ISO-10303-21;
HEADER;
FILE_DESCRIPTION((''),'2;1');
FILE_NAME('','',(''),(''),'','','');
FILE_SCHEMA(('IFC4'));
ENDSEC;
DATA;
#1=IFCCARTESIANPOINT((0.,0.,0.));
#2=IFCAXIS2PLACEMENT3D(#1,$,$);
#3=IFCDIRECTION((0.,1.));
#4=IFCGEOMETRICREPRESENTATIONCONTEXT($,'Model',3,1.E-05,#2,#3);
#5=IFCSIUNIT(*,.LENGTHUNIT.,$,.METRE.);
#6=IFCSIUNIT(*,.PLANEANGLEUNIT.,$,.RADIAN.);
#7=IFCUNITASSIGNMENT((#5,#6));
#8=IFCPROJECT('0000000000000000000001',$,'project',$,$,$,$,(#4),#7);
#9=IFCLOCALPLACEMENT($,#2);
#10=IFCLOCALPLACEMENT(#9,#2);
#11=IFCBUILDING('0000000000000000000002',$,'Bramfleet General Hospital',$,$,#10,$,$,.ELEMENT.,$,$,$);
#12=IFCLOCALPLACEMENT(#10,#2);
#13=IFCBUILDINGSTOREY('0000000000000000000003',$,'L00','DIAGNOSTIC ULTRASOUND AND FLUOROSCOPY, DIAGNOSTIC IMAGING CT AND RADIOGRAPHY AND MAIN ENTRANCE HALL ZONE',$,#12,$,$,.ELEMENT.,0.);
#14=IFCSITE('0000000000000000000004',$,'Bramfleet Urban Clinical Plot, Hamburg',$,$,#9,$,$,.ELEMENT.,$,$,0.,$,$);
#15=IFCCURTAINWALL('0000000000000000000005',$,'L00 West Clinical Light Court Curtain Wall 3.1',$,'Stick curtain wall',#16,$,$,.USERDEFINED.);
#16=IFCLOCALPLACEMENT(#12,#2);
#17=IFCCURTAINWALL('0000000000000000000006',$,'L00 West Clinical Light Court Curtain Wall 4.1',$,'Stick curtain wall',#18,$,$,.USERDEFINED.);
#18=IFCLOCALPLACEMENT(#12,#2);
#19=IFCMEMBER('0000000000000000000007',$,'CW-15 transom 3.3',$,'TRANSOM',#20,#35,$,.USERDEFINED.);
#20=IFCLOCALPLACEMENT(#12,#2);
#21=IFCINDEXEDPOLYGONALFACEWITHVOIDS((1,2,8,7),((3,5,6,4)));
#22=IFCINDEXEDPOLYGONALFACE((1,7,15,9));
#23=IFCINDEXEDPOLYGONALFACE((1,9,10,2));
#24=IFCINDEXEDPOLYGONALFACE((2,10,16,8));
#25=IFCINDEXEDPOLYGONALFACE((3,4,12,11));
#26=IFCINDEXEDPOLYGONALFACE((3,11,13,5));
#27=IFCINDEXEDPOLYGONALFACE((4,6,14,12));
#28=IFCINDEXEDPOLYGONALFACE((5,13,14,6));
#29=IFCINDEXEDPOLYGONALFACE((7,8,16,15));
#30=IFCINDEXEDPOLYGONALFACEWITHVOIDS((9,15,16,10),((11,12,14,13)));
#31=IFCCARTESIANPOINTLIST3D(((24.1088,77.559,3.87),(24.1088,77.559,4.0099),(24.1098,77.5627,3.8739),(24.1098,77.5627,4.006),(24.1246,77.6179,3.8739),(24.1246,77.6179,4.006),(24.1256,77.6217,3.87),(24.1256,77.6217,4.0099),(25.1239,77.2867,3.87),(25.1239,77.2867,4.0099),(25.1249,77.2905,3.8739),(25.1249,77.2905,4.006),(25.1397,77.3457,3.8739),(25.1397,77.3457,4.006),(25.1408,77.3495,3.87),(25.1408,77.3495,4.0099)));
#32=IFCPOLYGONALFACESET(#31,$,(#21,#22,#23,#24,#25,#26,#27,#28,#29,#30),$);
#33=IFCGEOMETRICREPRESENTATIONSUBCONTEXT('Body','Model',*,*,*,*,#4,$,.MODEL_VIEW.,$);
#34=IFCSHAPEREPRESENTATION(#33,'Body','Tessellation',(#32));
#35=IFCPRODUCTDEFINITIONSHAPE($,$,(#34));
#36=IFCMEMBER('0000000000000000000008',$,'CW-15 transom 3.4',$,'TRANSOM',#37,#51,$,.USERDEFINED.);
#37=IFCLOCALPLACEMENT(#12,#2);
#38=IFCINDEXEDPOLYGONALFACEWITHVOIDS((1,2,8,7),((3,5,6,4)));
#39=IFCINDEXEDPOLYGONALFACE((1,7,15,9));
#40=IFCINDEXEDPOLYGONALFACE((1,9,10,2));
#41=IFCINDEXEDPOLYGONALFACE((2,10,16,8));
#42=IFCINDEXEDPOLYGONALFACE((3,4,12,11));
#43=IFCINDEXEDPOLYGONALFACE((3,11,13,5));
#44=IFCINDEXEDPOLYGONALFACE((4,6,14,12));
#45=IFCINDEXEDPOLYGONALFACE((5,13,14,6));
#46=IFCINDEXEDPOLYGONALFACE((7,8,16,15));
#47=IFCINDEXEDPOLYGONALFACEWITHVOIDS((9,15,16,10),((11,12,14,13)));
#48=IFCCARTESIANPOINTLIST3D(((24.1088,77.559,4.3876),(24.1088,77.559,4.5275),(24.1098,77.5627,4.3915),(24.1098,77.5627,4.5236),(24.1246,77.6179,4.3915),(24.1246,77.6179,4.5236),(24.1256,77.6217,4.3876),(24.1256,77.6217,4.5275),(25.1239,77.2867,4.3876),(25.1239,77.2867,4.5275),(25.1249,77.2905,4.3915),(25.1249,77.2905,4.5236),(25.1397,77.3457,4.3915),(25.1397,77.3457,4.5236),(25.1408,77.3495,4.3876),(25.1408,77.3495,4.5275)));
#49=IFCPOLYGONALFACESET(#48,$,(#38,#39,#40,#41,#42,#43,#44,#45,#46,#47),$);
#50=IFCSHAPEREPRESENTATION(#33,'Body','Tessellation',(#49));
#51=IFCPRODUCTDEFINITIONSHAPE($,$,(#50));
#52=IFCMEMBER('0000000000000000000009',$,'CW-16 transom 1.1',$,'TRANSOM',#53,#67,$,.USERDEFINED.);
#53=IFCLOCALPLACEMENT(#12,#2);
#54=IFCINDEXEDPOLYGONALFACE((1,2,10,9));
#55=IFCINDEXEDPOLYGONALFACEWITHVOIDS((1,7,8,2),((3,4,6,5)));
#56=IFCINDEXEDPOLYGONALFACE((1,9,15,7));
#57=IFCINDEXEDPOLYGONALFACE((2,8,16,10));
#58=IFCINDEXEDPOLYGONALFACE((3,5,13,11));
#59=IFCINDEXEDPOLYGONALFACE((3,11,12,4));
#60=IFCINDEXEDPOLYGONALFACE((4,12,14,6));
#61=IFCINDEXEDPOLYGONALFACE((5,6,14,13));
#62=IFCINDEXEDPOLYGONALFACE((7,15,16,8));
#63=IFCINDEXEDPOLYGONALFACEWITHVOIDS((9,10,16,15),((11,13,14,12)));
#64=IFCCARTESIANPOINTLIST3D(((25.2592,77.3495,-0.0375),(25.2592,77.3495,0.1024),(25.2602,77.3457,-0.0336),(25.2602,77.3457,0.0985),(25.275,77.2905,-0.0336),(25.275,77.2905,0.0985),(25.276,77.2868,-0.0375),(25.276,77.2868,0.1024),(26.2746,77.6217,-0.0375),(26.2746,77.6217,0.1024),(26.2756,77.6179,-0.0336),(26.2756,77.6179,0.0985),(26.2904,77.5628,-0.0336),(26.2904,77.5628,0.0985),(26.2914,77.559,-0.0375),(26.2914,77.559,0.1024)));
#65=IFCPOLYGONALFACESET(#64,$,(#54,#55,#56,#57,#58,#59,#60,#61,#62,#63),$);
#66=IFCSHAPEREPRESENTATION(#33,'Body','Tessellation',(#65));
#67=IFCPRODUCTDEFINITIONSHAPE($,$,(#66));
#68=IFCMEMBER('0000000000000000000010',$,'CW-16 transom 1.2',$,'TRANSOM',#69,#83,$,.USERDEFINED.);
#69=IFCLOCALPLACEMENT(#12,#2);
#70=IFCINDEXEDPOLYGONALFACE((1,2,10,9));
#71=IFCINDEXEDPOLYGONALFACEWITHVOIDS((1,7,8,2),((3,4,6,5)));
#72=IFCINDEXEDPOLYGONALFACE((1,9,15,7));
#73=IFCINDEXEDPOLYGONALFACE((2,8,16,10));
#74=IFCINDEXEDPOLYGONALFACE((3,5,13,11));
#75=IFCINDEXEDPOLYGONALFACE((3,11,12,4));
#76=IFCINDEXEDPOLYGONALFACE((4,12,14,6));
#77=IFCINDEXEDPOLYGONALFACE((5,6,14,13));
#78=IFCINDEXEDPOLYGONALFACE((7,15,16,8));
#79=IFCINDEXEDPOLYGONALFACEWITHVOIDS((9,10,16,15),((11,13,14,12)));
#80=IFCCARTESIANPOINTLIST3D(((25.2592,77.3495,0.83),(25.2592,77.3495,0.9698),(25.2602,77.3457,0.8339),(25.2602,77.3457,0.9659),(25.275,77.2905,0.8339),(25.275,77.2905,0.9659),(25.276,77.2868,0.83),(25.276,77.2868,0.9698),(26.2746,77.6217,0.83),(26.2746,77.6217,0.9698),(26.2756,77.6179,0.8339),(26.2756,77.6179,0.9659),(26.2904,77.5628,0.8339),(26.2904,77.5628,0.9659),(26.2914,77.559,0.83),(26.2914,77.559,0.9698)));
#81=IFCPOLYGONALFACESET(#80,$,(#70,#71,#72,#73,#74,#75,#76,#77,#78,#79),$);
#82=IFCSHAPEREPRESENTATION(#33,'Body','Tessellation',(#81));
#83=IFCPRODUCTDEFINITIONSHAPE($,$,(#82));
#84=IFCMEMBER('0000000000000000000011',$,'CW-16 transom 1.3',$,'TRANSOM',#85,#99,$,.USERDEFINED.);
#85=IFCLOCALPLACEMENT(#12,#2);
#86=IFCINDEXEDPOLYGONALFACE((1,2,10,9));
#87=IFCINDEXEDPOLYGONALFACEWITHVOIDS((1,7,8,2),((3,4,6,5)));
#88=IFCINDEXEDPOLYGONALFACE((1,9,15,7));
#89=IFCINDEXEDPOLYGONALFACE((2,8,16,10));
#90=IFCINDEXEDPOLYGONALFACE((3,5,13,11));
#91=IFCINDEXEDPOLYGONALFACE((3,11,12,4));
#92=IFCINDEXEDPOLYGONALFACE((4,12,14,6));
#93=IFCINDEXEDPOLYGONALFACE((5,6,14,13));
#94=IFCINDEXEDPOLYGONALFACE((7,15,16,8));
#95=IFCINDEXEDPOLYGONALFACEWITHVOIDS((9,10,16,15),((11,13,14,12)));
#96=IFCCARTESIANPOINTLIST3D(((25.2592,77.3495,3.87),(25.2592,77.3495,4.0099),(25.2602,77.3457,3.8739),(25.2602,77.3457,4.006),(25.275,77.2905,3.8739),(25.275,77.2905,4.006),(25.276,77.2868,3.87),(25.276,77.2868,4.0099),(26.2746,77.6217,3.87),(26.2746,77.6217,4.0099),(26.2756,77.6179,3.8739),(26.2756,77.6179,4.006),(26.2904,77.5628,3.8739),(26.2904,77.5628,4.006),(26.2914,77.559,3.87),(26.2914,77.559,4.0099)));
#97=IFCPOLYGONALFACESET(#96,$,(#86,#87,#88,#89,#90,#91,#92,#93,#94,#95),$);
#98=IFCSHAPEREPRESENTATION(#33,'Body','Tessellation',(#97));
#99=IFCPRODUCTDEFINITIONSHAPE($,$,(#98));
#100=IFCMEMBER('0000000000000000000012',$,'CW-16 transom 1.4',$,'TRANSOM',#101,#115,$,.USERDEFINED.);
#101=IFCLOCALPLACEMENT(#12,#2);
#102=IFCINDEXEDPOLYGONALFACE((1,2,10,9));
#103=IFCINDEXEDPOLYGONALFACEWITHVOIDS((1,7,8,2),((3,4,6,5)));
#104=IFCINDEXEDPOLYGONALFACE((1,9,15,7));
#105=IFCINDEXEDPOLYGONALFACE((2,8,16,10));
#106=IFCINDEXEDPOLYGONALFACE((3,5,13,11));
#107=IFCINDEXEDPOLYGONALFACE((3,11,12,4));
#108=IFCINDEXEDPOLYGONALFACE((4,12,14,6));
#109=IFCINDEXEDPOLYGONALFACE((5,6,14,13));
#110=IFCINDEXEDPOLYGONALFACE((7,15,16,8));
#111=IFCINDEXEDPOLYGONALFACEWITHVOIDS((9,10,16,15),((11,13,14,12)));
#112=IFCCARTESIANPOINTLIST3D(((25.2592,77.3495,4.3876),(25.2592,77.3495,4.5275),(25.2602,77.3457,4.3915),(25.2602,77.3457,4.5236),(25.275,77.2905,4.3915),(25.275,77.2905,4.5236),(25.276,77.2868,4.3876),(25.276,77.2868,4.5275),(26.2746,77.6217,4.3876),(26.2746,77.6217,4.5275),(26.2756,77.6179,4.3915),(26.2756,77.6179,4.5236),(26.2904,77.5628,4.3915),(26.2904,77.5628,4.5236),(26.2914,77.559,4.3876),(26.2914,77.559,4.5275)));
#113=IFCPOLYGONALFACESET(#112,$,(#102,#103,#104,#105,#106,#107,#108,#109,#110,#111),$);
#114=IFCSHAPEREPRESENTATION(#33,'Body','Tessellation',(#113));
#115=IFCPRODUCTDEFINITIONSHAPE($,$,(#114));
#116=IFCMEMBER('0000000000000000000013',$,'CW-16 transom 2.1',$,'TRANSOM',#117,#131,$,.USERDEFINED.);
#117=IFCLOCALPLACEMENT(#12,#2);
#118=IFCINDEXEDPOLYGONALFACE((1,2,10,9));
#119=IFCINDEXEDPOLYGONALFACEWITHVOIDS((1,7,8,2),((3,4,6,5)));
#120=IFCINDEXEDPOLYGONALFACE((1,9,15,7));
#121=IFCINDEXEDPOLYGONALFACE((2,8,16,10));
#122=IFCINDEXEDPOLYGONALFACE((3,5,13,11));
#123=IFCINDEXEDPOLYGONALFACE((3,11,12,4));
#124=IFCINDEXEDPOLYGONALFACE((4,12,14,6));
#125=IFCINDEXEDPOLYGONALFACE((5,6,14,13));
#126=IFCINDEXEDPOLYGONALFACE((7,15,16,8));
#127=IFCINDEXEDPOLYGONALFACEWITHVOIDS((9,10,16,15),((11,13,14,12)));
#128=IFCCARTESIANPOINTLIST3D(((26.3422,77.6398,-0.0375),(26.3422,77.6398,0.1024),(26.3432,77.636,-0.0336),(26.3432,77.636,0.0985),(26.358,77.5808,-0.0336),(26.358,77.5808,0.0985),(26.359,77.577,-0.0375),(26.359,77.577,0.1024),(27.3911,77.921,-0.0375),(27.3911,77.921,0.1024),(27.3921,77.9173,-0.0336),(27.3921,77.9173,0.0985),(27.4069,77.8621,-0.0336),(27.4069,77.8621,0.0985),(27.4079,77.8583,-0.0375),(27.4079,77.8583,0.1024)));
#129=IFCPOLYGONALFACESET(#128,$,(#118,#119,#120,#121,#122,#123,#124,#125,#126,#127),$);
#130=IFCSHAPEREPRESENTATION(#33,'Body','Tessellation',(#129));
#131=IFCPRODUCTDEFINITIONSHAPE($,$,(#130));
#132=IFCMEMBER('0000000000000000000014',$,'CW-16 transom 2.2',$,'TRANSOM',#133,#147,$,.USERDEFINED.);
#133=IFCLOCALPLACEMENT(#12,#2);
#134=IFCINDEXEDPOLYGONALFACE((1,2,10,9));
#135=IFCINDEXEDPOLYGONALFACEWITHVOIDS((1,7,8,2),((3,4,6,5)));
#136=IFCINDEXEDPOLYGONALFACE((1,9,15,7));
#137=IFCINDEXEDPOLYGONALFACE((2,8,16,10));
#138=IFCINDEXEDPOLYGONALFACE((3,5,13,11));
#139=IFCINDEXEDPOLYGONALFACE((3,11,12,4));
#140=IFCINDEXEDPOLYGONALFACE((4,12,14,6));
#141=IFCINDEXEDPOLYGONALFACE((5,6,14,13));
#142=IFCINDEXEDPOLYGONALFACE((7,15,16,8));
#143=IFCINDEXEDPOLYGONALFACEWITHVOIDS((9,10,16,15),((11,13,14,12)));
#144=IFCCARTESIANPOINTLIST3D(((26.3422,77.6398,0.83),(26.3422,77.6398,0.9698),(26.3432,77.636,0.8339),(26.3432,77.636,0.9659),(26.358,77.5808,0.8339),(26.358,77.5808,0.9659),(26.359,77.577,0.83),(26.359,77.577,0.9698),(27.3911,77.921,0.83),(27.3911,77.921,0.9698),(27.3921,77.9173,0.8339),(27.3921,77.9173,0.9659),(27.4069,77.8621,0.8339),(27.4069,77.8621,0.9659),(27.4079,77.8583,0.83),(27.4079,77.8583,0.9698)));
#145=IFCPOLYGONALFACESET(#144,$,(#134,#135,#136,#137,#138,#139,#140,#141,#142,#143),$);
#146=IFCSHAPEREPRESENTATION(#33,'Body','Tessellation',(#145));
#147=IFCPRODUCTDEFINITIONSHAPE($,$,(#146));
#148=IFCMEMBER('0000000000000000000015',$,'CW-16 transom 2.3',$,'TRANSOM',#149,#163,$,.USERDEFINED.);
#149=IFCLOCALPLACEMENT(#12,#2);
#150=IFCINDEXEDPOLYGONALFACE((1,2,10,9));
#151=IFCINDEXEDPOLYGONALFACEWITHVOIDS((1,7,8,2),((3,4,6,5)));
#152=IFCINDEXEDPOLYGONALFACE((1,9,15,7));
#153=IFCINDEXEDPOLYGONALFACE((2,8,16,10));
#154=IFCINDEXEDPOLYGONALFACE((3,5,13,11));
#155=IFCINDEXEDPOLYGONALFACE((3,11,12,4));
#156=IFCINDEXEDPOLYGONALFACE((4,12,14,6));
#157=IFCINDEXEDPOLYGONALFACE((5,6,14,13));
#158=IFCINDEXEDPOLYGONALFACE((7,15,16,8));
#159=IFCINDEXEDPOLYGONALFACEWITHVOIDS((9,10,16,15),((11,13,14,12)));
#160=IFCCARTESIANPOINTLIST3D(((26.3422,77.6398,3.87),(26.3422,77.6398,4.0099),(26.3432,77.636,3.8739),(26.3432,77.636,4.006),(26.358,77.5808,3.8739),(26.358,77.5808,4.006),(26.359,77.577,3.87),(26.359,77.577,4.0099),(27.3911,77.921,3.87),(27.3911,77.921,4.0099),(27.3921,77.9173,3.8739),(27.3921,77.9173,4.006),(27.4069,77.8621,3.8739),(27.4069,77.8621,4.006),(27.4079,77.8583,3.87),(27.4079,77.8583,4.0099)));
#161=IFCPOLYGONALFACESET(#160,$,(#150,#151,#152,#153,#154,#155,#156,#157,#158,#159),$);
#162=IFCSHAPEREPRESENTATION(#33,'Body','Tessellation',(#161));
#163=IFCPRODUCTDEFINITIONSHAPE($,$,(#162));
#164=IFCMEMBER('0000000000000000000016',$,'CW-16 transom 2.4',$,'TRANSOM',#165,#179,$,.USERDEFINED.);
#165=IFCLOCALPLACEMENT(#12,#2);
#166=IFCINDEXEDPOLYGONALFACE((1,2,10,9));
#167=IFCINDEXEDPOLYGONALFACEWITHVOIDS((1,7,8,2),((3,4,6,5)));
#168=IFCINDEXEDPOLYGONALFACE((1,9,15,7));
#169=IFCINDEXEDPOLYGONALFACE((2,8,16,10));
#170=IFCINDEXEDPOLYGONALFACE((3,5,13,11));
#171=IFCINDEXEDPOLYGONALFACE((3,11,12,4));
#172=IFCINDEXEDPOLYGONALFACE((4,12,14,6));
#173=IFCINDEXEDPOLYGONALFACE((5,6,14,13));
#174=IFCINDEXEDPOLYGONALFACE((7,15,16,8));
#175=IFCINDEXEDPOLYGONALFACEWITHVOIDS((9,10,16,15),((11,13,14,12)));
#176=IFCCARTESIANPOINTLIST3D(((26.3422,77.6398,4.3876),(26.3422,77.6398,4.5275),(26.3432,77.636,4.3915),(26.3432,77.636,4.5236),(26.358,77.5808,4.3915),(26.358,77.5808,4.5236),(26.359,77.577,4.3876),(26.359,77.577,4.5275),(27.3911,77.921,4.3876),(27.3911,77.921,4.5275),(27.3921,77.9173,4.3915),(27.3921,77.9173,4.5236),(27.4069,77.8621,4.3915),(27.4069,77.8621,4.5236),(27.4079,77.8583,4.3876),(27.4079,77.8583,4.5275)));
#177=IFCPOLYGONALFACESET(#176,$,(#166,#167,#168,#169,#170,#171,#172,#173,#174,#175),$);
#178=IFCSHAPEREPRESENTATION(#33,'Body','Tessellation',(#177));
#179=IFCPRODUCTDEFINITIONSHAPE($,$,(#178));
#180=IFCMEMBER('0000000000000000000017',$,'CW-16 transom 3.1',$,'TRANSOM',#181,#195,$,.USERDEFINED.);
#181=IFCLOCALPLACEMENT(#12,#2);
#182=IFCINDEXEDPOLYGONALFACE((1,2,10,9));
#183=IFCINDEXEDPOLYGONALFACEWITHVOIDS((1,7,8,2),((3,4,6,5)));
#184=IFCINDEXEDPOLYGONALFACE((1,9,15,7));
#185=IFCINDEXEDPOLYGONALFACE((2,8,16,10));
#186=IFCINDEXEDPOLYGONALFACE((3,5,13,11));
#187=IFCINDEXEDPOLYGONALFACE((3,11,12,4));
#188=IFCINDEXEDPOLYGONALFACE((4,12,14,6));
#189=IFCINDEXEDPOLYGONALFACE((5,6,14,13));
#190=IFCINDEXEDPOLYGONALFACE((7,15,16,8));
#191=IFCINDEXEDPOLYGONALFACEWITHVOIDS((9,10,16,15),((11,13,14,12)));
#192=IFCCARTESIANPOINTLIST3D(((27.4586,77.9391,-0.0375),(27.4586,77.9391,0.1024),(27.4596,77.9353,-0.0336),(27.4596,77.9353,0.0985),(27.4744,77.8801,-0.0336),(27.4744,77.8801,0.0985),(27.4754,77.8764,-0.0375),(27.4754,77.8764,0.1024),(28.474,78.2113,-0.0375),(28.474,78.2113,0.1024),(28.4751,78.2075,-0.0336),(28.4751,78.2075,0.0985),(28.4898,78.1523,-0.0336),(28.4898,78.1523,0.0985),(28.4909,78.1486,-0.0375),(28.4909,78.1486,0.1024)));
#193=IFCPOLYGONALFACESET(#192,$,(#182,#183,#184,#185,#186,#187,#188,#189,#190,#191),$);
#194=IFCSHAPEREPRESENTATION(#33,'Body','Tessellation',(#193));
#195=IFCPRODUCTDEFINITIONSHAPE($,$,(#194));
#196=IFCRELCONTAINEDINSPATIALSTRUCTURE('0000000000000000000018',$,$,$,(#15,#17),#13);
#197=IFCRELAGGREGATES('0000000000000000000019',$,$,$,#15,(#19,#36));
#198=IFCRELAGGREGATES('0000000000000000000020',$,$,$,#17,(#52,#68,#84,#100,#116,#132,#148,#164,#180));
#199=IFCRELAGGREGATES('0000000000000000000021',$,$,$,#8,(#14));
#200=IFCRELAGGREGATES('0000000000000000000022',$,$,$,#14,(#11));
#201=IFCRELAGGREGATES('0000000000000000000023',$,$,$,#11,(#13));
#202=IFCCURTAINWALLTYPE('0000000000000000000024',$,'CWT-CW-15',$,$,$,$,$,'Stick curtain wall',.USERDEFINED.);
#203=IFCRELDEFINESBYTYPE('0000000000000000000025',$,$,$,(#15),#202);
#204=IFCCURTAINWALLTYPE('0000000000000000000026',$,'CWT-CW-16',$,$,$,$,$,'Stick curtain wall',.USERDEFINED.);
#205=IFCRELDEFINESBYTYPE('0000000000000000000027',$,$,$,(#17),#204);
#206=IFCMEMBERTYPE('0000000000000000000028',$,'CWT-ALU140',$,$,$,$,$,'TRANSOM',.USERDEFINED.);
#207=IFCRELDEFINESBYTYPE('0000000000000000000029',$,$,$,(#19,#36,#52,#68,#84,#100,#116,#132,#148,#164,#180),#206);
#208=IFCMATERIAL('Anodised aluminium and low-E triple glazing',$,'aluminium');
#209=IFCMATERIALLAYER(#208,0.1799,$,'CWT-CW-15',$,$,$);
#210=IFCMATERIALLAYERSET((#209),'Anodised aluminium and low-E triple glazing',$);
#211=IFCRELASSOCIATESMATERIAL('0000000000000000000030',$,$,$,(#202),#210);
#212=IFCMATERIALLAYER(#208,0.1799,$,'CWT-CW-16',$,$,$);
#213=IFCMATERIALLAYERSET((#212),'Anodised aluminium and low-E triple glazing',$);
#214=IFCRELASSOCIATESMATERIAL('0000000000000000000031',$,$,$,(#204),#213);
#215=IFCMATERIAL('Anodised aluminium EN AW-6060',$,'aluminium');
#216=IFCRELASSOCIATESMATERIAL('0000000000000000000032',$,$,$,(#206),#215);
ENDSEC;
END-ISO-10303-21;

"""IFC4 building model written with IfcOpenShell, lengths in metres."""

from ifc_helpers import new_model, si_unit, direction, frame, origin, origin_2d, place, context, subcontext, project, spatial, hollow_rectangle, extrude, material, layer, layer_set, material_profile, profile_set, type_object, element, aggregate, save


model = new_model("IFC4")

# Units and contexts
model_context = context("Model", 3, precision=1e-05, world=origin(), true_north=direction((0.0, 1.0)))
body_context = subcontext(model_context, "Body", "Model", "MODEL_VIEW")
ifc_project = project(units=[si_unit("LENGTHUNIT", "METRE"), si_unit("PLANEANGLEUNIT", "RADIAN")], contexts=[model_context])

# Site, building, storey
site_placement = place(None, origin())
site = spatial("IfcSite", under=ifc_project, at=site_placement, Name="Bramfleet Urban Clinical Plot, Hamburg", CompositionType="ELEMENT", RefElevation=0.0)
building_placement = place(site_placement, origin())
building = spatial("IfcBuilding", under=site, at=building_placement, Name="Bramfleet General Hospital", CompositionType="ELEMENT")
storey_placement = place(building_placement, origin())
storey = spatial("IfcBuildingStorey", under=building, at=storey_placement, Name="L00", Description="DIAGNOSTIC ULTRASOUND AND FLUOROSCOPY, DIAGNOSTIC IMAGING CT AND RADIOGRAPHY AND MAIN ENTRANCE HALL ZONE", CompositionType="ELEMENT", Elevation=0.0)

# Curtain walls
ifc_material_1 = material(Name="Anodised aluminium and low-E triple glazing", Category="aluminium")
ifc_layer_1 = layer(ifc_material_1, 0.1799, Name="CWT-CW-15")
ifc_layer_set_1 = layer_set([ifc_layer_1], Name="Anodised aluminium and low-E triple glazing")
curtain_wall_type_1 = type_object("IfcCurtainWallType", Name="CWT-CW-15", ElementType="Stick curtain wall", PredefinedType="USERDEFINED", material=ifc_layer_set_1)
curtain_wall_1_placement = place(storey_placement, origin())
curtain_wall_1 = element("IfcCurtainWall", 1, at=curtain_wall_1_placement, inside=storey, type_object=curtain_wall_type_1, Name="L00 West Clinical Light Court Curtain Wall 3.1", ObjectType="Stick curtain wall", PredefinedType="USERDEFINED")
ifc_material_2 = material(Name="Anodised aluminium EN AW-6060", Category="aluminium")
ifc_layer_2 = layer(ifc_material_1, 0.1799, Name="CWT-CW-16")
ifc_layer_set_2 = layer_set([ifc_layer_2], Name="Anodised aluminium and low-E triple glazing")
curtain_wall_type_2 = type_object("IfcCurtainWallType", Name="CWT-CW-16", ElementType="Stick curtain wall", PredefinedType="USERDEFINED", material=ifc_layer_set_2)
curtain_wall_2_placement = place(storey_placement, origin())
curtain_wall_2 = element("IfcCurtainWall", 2, at=curtain_wall_2_placement, inside=storey, type_object=curtain_wall_type_2, Name="L00 West Clinical Light Court Curtain Wall 4.1", ObjectType="Stick curtain wall", PredefinedType="USERDEFINED")

# Members
ifc_material_profile_1 = material_profile(ifc_material_2, hollow_rectangle(XDim=0.0649, YDim=0.1399, WallThickness=0.0039, at=origin_2d()), Name="ALU 140x65x4.0")
ifc_profile_set_1 = profile_set([ifc_material_profile_1], Name="Anodised aluminium EN AW-6060")
member_type_1 = type_object("IfcMemberType", Name="CWT-ALU140", ElementType="TRANSOM", PredefinedType="USERDEFINED", material=ifc_profile_set_1)
member_1_placement = place(storey_placement, frame((24.1172, 77.5903, 3.9399), z_axis=(0.965875, -0.259007, 0.0), x_axis=(0.259007, 0.965875, 0.0)))
member_1 = element("IfcMember", 3, at=member_1_placement, type_object=member_type_1, Name="CW-15 transom 3.3", ObjectType="TRANSOM", PredefinedType="USERDEFINED", context=body_context, shape_type="SweptSolid", body=[
    extrude(hollow_rectangle(XDim=0.0649, YDim=0.1399, WallThickness=0.0039, at=origin_2d()), origin(), (0.0, 0.0, 1.0), 1.051),
])
member_2_placement = place(storey_placement, frame((24.1172, 77.5903, 4.4575), z_axis=(0.965875, -0.259007, 0.0), x_axis=(0.259007, 0.965875, 0.0)))
member_2 = element("IfcMember", 4, at=member_2_placement, type_object=member_type_1, Name="CW-15 transom 3.4", ObjectType="TRANSOM", PredefinedType="USERDEFINED", context=body_context, shape_type="SweptSolid", body=[
    extrude(hollow_rectangle(XDim=0.0649, YDim=0.1399, WallThickness=0.0039, at=origin_2d()), origin(), (0.0, 0.0, 1.0), 1.051),
])
member_3_placement = place(storey_placement, frame((25.2676, 77.3181, 0.0325), z_axis=(0.965891, 0.258949, 0.0), x_axis=(-0.258949, 0.965891, 0.0)))
member_3 = element("IfcMember", 5, at=member_3_placement, type_object=member_type_1, Name="CW-16 transom 1.1", ObjectType="TRANSOM", PredefinedType="USERDEFINED", context=body_context, shape_type="SweptSolid", body=[
    extrude(hollow_rectangle(XDim=0.0649, YDim=0.1399, WallThickness=0.0039, at=origin_2d()), origin(), (0.0, 0.0, 1.0), 1.0513),
])
member_4_placement = place(storey_placement, frame((25.2676, 77.3181, 0.8999), z_axis=(0.965891, 0.258949, 0.0), x_axis=(-0.258949, 0.965891, 0.0)))
member_4 = element("IfcMember", 6, at=member_4_placement, type_object=member_type_1, Name="CW-16 transom 1.2", ObjectType="TRANSOM", PredefinedType="USERDEFINED", context=body_context, shape_type="SweptSolid", body=[
    extrude(hollow_rectangle(XDim=0.0649, YDim=0.1399, WallThickness=0.0039, at=origin_2d()), origin(), (0.0, 0.0, 1.0), 1.0513),
])
member_5_placement = place(storey_placement, frame((25.2676, 77.3181, 3.9399), z_axis=(0.965891, 0.258949, 0.0), x_axis=(-0.258949, 0.965891, 0.0)))
member_5 = element("IfcMember", 7, at=member_5_placement, type_object=member_type_1, Name="CW-16 transom 1.3", ObjectType="TRANSOM", PredefinedType="USERDEFINED", context=body_context, shape_type="SweptSolid", body=[
    extrude(hollow_rectangle(XDim=0.0649, YDim=0.1399, WallThickness=0.0039, at=origin_2d()), origin(), (0.0, 0.0, 1.0), 1.0513),
])
member_6_placement = place(storey_placement, frame((25.2676, 77.3181, 4.4575), z_axis=(0.965891, 0.258949, 0.0), x_axis=(-0.258949, 0.965891, 0.0)))
member_6 = element("IfcMember", 8, at=member_6_placement, type_object=member_type_1, Name="CW-16 transom 1.4", ObjectType="TRANSOM", PredefinedType="USERDEFINED", context=body_context, shape_type="SweptSolid", body=[
    extrude(hollow_rectangle(XDim=0.0649, YDim=0.1399, WallThickness=0.0039, at=origin_2d()), origin(), (0.0, 0.0, 1.0), 1.0513),
])
member_7_placement = place(storey_placement, frame((26.3506, 77.6084, 0.0325), z_axis=(0.965876, 0.259006, 0.0), x_axis=(-0.259006, 0.965876, 0.0)))
member_7 = element("IfcMember", 9, at=member_7_placement, type_object=member_type_1, Name="CW-16 transom 2.1", ObjectType="TRANSOM", PredefinedType="USERDEFINED", context=body_context, shape_type="SweptSolid", body=[
    extrude(hollow_rectangle(XDim=0.0649, YDim=0.1399, WallThickness=0.0039, at=origin_2d()), origin(), (0.0, 0.0, 1.0), 1.0859),
])
member_8_placement = place(storey_placement, frame((26.3506, 77.6084, 0.8999), z_axis=(0.965876, 0.259006, 0.0), x_axis=(-0.259006, 0.965876, 0.0)))
member_8 = element("IfcMember", 10, at=member_8_placement, type_object=member_type_1, Name="CW-16 transom 2.2", ObjectType="TRANSOM", PredefinedType="USERDEFINED", context=body_context, shape_type="SweptSolid", body=[
    extrude(hollow_rectangle(XDim=0.0649, YDim=0.1399, WallThickness=0.0039, at=origin_2d()), origin(), (0.0, 0.0, 1.0), 1.0859),
])
member_9_placement = place(storey_placement, frame((26.3506, 77.6084, 3.9399), z_axis=(0.965876, 0.259006, 0.0), x_axis=(-0.259006, 0.965876, 0.0)))
member_9 = element("IfcMember", 11, at=member_9_placement, type_object=member_type_1, Name="CW-16 transom 2.3", ObjectType="TRANSOM", PredefinedType="USERDEFINED", context=body_context, shape_type="SweptSolid", body=[
    extrude(hollow_rectangle(XDim=0.0649, YDim=0.1399, WallThickness=0.0039, at=origin_2d()), origin(), (0.0, 0.0, 1.0), 1.0859),
])
member_10_placement = place(storey_placement, frame((26.3506, 77.6084, 4.4575), z_axis=(0.965876, 0.259006, 0.0), x_axis=(-0.259006, 0.965876, 0.0)))
member_10 = element("IfcMember", 12, at=member_10_placement, type_object=member_type_1, Name="CW-16 transom 2.4", ObjectType="TRANSOM", PredefinedType="USERDEFINED", context=body_context, shape_type="SweptSolid", body=[
    extrude(hollow_rectangle(XDim=0.0649, YDim=0.1399, WallThickness=0.0039, at=origin_2d()), origin(), (0.0, 0.0, 1.0), 1.0859),
])
member_11_placement = place(storey_placement, frame((27.467, 77.9077, 0.0325), z_axis=(0.965891, 0.258949, 0.0), x_axis=(-0.258949, 0.965891, 0.0)))
member_11 = element("IfcMember", 13, at=member_11_placement, type_object=member_type_1, Name="CW-16 transom 3.1", ObjectType="TRANSOM", PredefinedType="USERDEFINED", context=body_context, shape_type="SweptSolid", body=[
    extrude(hollow_rectangle(XDim=0.0649, YDim=0.1399, WallThickness=0.0039, at=origin_2d()), origin(), (0.0, 0.0, 1.0), 1.0513),
])

aggregate(curtain_wall_1, [member_1, member_2])
aggregate(curtain_wall_2, [member_3, member_4, member_5, member_6, member_7, member_8, member_9, member_10, member_11])

save(model, "model.ifc")
